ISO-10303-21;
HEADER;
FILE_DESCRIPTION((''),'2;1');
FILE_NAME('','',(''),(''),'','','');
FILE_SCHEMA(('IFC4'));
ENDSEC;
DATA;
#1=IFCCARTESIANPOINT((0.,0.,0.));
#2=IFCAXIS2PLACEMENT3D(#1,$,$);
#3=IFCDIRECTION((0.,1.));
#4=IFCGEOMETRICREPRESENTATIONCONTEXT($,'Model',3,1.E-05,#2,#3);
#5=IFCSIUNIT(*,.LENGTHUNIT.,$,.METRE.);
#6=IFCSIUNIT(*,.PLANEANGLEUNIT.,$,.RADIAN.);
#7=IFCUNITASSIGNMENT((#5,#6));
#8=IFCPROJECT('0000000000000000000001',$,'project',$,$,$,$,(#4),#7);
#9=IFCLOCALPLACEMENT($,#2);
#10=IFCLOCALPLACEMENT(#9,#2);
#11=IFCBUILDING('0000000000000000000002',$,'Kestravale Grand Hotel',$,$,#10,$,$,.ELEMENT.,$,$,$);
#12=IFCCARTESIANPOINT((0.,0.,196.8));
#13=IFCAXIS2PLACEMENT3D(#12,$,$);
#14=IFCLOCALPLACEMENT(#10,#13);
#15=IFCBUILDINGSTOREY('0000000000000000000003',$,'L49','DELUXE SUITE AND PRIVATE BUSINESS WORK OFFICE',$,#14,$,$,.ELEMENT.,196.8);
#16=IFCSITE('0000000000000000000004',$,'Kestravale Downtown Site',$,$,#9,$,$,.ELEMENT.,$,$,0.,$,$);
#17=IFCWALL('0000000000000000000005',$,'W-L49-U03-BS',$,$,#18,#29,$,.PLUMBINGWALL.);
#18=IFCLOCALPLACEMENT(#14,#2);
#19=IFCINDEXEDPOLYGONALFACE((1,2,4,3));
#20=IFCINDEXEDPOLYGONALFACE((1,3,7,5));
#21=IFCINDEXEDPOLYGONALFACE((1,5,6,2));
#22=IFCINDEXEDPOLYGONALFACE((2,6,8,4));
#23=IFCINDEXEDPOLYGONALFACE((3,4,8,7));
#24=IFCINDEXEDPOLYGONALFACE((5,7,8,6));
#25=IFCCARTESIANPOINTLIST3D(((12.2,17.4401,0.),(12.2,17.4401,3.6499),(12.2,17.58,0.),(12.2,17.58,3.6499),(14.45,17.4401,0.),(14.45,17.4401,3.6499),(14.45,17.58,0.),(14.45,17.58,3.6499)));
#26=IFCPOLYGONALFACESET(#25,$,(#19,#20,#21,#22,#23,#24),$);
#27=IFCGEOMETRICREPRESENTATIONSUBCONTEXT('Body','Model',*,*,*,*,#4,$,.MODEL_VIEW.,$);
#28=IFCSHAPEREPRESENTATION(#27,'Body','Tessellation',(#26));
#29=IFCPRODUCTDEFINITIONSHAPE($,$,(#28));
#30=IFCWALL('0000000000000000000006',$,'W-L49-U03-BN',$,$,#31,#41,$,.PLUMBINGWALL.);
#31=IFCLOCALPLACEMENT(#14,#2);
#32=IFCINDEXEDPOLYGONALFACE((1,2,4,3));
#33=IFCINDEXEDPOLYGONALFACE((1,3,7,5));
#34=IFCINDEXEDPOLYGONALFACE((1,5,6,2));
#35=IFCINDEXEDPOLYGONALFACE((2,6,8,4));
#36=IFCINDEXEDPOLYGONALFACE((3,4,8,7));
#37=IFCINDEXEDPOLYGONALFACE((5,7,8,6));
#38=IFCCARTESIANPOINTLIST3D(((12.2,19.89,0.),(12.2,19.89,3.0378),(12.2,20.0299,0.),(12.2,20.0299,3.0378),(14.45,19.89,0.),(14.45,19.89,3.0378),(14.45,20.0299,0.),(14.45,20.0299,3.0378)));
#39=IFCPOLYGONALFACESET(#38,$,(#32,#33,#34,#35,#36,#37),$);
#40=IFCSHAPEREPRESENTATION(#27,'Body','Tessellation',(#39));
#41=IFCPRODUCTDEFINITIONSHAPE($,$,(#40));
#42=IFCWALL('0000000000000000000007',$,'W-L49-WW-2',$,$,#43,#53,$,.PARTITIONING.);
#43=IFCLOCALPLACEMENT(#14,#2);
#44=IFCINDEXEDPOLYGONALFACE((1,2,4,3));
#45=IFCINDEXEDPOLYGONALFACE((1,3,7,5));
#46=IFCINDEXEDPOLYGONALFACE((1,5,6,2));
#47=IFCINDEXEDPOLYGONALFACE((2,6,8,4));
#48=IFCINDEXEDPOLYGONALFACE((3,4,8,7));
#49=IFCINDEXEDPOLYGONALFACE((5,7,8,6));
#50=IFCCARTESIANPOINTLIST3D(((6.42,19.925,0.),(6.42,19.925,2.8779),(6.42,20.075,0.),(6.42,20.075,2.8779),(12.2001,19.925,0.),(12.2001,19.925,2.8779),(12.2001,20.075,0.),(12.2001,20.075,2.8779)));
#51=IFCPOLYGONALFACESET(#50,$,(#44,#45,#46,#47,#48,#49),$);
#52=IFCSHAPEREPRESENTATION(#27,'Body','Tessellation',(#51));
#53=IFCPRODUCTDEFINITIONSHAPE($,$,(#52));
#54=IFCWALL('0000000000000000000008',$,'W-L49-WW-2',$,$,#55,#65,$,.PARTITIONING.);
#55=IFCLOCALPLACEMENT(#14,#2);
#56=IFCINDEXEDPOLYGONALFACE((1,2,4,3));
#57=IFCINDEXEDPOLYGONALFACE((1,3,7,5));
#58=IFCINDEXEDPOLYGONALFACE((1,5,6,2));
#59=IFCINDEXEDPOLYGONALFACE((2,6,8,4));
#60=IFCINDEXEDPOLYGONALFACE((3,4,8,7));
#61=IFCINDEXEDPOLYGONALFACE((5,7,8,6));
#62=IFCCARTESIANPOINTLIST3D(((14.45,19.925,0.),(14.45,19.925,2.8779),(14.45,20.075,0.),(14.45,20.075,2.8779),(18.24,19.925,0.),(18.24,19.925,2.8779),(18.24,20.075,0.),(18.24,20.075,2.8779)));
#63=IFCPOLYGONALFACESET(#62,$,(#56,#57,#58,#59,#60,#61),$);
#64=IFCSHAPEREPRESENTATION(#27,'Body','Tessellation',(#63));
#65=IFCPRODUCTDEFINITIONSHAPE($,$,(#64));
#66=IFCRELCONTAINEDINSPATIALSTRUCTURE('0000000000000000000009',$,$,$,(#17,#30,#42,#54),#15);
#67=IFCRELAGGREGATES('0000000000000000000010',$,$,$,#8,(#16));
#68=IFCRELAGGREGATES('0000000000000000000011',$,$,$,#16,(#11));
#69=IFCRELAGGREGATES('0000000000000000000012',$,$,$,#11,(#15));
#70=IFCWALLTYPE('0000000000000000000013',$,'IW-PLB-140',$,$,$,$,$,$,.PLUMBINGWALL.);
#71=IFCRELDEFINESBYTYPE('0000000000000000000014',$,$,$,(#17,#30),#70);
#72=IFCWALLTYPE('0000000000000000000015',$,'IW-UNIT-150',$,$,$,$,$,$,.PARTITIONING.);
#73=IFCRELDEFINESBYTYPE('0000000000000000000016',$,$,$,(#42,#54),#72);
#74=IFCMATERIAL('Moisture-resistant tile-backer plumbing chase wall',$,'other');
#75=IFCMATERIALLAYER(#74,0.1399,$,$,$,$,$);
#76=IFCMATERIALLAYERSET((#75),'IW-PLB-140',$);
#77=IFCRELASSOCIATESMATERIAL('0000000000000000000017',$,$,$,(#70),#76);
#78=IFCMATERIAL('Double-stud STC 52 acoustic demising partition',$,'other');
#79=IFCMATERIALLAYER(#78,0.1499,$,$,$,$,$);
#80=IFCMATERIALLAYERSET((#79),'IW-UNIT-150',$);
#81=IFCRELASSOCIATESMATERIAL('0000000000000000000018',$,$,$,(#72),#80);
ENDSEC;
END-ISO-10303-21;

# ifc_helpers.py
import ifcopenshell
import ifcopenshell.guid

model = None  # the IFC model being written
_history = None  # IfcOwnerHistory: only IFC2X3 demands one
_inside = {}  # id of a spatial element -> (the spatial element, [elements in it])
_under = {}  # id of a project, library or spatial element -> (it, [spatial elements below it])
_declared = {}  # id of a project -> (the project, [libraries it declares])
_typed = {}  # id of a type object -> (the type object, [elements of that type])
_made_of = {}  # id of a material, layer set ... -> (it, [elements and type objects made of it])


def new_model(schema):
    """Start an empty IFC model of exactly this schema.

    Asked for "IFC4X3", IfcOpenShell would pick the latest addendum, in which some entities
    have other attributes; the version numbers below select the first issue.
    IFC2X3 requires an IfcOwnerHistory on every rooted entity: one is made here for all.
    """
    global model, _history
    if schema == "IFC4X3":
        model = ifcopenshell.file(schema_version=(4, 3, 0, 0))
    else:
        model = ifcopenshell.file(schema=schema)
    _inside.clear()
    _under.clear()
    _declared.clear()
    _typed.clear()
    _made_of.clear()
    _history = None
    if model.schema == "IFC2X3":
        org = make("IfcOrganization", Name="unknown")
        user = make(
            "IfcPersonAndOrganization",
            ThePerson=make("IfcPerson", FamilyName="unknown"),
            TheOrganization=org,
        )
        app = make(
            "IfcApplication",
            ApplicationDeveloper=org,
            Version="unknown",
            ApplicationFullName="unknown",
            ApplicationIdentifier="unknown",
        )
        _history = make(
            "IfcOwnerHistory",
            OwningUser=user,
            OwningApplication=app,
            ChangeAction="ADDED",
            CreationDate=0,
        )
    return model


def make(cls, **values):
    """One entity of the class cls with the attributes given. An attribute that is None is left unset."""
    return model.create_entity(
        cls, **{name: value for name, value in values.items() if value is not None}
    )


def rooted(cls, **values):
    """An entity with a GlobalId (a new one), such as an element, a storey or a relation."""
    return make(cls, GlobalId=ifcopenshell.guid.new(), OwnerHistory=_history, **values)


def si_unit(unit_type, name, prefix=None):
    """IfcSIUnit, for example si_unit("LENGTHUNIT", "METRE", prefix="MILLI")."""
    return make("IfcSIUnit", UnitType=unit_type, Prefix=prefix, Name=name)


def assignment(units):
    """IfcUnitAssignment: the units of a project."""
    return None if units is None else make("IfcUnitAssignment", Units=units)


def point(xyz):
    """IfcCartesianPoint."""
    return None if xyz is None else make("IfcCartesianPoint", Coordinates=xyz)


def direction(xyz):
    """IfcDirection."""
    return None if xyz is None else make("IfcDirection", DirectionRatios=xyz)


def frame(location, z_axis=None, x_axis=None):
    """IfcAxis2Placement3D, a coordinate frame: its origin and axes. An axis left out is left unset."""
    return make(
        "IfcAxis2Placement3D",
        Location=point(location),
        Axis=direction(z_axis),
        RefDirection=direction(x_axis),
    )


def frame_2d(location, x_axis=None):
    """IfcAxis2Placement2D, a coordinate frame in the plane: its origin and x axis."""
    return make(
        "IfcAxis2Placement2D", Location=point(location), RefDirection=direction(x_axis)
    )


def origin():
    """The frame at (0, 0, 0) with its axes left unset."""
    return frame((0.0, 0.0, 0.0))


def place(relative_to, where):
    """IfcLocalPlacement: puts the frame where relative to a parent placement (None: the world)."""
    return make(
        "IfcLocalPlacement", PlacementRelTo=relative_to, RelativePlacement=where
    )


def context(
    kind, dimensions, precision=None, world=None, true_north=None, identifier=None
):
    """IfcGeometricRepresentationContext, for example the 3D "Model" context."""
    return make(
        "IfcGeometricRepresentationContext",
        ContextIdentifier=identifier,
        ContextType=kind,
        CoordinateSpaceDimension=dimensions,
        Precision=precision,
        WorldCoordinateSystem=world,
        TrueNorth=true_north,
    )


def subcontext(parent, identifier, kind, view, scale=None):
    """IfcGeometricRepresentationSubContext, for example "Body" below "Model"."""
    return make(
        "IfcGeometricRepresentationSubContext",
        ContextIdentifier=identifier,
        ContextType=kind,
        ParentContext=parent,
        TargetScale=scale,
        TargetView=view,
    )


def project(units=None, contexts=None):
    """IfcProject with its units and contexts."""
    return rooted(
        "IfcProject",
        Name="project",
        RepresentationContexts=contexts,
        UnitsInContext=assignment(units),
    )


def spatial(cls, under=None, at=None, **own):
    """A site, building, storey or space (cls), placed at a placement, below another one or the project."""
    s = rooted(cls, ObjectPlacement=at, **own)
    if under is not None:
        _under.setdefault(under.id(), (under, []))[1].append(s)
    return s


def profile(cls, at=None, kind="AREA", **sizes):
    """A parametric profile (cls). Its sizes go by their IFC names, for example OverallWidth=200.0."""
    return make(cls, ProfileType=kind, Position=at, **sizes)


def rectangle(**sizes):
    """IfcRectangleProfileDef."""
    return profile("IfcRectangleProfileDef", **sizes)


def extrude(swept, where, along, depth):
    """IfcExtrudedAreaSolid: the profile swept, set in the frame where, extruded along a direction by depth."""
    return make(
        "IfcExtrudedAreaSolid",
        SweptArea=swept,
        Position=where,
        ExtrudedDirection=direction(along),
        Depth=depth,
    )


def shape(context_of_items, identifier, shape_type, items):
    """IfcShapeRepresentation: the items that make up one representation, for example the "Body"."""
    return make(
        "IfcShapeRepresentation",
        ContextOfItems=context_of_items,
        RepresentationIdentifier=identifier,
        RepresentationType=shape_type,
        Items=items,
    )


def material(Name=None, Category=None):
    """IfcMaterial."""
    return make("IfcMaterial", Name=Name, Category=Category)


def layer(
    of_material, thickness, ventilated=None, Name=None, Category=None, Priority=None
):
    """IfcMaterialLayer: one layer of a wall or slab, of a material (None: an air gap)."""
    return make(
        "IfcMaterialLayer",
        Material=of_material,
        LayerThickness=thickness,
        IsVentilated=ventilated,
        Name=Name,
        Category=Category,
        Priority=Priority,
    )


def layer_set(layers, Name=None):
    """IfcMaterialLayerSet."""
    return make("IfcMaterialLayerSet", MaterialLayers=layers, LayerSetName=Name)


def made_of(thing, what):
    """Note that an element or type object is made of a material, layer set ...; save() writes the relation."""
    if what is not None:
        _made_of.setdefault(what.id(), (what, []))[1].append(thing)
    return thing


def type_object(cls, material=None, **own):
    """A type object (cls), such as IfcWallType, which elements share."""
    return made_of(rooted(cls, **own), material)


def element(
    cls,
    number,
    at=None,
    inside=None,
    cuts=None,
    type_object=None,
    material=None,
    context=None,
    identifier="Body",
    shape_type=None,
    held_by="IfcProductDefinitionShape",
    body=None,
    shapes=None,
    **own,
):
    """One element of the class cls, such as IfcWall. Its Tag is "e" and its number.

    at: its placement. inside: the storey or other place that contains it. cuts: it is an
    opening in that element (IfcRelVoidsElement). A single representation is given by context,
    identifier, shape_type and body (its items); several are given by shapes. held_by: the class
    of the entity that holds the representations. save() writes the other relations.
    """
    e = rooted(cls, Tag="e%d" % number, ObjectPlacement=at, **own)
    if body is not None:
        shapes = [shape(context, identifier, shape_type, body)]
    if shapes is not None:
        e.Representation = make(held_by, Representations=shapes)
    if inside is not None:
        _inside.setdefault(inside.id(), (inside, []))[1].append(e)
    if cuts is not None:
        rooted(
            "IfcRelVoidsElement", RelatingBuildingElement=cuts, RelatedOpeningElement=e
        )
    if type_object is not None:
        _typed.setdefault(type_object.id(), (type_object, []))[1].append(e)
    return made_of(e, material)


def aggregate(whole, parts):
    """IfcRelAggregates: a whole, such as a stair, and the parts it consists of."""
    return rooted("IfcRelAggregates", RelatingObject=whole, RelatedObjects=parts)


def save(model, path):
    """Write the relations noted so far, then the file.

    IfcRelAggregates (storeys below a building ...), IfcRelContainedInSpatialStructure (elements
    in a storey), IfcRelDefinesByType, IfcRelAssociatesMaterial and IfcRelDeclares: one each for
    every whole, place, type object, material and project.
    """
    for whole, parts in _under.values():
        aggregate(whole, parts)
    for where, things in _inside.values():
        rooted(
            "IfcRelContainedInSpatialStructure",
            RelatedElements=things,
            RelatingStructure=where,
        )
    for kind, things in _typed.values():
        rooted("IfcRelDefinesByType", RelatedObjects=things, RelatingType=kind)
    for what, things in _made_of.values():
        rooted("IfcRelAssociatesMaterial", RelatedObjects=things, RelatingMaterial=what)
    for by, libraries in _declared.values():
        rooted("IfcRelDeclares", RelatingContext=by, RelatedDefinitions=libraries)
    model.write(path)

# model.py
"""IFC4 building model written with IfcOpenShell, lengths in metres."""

from ifc_helpers import new_model, si_unit, direction, frame, frame_2d, origin, place, context, subcontext, project, spatial, rectangle, extrude, material, layer, layer_set, type_object, element, save


model = new_model("IFC4")

# Units and contexts
model_context = context("Model", 3, precision=1e-05, world=origin(), true_north=direction((0.0, 1.0)))
body_context = subcontext(model_context, "Body", "Model", "MODEL_VIEW")
ifc_project = project(units=[si_unit("LENGTHUNIT", "METRE"), si_unit("PLANEANGLEUNIT", "RADIAN")], contexts=[model_context])

# Site, building, storey
site_placement = place(None, origin())
site = spatial("IfcSite", under=ifc_project, at=site_placement, Name="Kestravale Downtown Site", CompositionType="ELEMENT", RefElevation=0.0)
building_placement = place(site_placement, origin())
building = spatial("IfcBuilding", under=site, at=building_placement, Name="Kestravale Grand Hotel", CompositionType="ELEMENT")
storey_placement = place(building_placement, frame((0.0, 0.0, 196.8)))
storey = spatial("IfcBuildingStorey", under=building, at=storey_placement, Name="L49", Description="DELUXE SUITE AND PRIVATE BUSINESS WORK OFFICE", CompositionType="ELEMENT", Elevation=196.8)

# Shared definitions
ifc_material_1 = material(Name="Moisture-resistant tile-backer plumbing chase wall", Category="other")
ifc_layer_1 = layer(ifc_material_1, 0.1399)
ifc_layer_set_1 = layer_set([ifc_layer_1], Name="IW-PLB-140")
wall_type_1 = type_object("IfcWallType", Name="IW-PLB-140", PredefinedType="PLUMBINGWALL", material=ifc_layer_set_1)

# Walls
wall_1_placement = place(storey_placement, frame((12.2, 17.51, 0.0), z_axis=(0.0, 0.0, 1.0), x_axis=(1.0, 0.0, 0.0)))
element("IfcWall", 1, at=wall_1_placement, inside=storey, type_object=wall_type_1, Name="W-L49-U03-BS", PredefinedType="PLUMBINGWALL", context=body_context, shape_type="SweptSolid", body=[
    extrude(rectangle(XDim=2.25, YDim=0.1399, at=frame_2d((1.125, 0.0))), origin(), (0.0, 0.0, 1.0), 3.6499),
])
wall_2_placement = place(storey_placement, frame((12.2, 19.96, 0.0), z_axis=(0.0, 0.0, 1.0), x_axis=(1.0, 0.0, 0.0)))
element("IfcWall", 2, at=wall_2_placement, inside=storey, type_object=wall_type_1, Name="W-L49-U03-BN", PredefinedType="PLUMBINGWALL", context=body_context, shape_type="SweptSolid", body=[
    extrude(rectangle(XDim=2.25, YDim=0.1399, at=frame_2d((1.125, 0.0))), origin(), (0.0, 0.0, 1.0), 3.0378),
])
ifc_material_2 = material(Name="Double-stud STC 52 acoustic demising partition", Category="other")
ifc_layer_2 = layer(ifc_material_2, 0.1499)
ifc_layer_set_2 = layer_set([ifc_layer_2], Name="IW-UNIT-150")
wall_type_2 = type_object("IfcWallType", Name="IW-UNIT-150", PredefinedType="PARTITIONING", material=ifc_layer_set_2)
wall_3_placement = place(storey_placement, frame((6.4199, 20.0, 0.0), z_axis=(0.0, 0.0, 1.0), x_axis=(1.0, 0.0, 0.0)))
element("IfcWall", 3, at=wall_3_placement, inside=storey, type_object=wall_type_2, Name="W-L49-WW-2", PredefinedType="PARTITIONING", context=body_context, shape_type="SweptSolid", body=[
    extrude(rectangle(XDim=5.78, YDim=0.1499, at=frame_2d((2.8901, 0.0))), origin(), (0.0, 0.0, 1.0), 2.8779),
])
wall_4_placement = place(storey_placement, frame((14.45, 20.0, 0.0), z_axis=(0.0, 0.0, 1.0), x_axis=(1.0, 0.0, 0.0)))
element("IfcWall", 4, at=wall_4_placement, inside=storey, type_object=wall_type_2, Name="W-L49-WW-2", PredefinedType="PARTITIONING", context=body_context, shape_type="SweptSolid", body=[
    extrude(rectangle(XDim=3.79, YDim=0.1499, at=frame_2d((1.895, 0.0))), origin(), (0.0, 0.0, 1.0), 2.8779),
])

save(model, "model.ifc")
